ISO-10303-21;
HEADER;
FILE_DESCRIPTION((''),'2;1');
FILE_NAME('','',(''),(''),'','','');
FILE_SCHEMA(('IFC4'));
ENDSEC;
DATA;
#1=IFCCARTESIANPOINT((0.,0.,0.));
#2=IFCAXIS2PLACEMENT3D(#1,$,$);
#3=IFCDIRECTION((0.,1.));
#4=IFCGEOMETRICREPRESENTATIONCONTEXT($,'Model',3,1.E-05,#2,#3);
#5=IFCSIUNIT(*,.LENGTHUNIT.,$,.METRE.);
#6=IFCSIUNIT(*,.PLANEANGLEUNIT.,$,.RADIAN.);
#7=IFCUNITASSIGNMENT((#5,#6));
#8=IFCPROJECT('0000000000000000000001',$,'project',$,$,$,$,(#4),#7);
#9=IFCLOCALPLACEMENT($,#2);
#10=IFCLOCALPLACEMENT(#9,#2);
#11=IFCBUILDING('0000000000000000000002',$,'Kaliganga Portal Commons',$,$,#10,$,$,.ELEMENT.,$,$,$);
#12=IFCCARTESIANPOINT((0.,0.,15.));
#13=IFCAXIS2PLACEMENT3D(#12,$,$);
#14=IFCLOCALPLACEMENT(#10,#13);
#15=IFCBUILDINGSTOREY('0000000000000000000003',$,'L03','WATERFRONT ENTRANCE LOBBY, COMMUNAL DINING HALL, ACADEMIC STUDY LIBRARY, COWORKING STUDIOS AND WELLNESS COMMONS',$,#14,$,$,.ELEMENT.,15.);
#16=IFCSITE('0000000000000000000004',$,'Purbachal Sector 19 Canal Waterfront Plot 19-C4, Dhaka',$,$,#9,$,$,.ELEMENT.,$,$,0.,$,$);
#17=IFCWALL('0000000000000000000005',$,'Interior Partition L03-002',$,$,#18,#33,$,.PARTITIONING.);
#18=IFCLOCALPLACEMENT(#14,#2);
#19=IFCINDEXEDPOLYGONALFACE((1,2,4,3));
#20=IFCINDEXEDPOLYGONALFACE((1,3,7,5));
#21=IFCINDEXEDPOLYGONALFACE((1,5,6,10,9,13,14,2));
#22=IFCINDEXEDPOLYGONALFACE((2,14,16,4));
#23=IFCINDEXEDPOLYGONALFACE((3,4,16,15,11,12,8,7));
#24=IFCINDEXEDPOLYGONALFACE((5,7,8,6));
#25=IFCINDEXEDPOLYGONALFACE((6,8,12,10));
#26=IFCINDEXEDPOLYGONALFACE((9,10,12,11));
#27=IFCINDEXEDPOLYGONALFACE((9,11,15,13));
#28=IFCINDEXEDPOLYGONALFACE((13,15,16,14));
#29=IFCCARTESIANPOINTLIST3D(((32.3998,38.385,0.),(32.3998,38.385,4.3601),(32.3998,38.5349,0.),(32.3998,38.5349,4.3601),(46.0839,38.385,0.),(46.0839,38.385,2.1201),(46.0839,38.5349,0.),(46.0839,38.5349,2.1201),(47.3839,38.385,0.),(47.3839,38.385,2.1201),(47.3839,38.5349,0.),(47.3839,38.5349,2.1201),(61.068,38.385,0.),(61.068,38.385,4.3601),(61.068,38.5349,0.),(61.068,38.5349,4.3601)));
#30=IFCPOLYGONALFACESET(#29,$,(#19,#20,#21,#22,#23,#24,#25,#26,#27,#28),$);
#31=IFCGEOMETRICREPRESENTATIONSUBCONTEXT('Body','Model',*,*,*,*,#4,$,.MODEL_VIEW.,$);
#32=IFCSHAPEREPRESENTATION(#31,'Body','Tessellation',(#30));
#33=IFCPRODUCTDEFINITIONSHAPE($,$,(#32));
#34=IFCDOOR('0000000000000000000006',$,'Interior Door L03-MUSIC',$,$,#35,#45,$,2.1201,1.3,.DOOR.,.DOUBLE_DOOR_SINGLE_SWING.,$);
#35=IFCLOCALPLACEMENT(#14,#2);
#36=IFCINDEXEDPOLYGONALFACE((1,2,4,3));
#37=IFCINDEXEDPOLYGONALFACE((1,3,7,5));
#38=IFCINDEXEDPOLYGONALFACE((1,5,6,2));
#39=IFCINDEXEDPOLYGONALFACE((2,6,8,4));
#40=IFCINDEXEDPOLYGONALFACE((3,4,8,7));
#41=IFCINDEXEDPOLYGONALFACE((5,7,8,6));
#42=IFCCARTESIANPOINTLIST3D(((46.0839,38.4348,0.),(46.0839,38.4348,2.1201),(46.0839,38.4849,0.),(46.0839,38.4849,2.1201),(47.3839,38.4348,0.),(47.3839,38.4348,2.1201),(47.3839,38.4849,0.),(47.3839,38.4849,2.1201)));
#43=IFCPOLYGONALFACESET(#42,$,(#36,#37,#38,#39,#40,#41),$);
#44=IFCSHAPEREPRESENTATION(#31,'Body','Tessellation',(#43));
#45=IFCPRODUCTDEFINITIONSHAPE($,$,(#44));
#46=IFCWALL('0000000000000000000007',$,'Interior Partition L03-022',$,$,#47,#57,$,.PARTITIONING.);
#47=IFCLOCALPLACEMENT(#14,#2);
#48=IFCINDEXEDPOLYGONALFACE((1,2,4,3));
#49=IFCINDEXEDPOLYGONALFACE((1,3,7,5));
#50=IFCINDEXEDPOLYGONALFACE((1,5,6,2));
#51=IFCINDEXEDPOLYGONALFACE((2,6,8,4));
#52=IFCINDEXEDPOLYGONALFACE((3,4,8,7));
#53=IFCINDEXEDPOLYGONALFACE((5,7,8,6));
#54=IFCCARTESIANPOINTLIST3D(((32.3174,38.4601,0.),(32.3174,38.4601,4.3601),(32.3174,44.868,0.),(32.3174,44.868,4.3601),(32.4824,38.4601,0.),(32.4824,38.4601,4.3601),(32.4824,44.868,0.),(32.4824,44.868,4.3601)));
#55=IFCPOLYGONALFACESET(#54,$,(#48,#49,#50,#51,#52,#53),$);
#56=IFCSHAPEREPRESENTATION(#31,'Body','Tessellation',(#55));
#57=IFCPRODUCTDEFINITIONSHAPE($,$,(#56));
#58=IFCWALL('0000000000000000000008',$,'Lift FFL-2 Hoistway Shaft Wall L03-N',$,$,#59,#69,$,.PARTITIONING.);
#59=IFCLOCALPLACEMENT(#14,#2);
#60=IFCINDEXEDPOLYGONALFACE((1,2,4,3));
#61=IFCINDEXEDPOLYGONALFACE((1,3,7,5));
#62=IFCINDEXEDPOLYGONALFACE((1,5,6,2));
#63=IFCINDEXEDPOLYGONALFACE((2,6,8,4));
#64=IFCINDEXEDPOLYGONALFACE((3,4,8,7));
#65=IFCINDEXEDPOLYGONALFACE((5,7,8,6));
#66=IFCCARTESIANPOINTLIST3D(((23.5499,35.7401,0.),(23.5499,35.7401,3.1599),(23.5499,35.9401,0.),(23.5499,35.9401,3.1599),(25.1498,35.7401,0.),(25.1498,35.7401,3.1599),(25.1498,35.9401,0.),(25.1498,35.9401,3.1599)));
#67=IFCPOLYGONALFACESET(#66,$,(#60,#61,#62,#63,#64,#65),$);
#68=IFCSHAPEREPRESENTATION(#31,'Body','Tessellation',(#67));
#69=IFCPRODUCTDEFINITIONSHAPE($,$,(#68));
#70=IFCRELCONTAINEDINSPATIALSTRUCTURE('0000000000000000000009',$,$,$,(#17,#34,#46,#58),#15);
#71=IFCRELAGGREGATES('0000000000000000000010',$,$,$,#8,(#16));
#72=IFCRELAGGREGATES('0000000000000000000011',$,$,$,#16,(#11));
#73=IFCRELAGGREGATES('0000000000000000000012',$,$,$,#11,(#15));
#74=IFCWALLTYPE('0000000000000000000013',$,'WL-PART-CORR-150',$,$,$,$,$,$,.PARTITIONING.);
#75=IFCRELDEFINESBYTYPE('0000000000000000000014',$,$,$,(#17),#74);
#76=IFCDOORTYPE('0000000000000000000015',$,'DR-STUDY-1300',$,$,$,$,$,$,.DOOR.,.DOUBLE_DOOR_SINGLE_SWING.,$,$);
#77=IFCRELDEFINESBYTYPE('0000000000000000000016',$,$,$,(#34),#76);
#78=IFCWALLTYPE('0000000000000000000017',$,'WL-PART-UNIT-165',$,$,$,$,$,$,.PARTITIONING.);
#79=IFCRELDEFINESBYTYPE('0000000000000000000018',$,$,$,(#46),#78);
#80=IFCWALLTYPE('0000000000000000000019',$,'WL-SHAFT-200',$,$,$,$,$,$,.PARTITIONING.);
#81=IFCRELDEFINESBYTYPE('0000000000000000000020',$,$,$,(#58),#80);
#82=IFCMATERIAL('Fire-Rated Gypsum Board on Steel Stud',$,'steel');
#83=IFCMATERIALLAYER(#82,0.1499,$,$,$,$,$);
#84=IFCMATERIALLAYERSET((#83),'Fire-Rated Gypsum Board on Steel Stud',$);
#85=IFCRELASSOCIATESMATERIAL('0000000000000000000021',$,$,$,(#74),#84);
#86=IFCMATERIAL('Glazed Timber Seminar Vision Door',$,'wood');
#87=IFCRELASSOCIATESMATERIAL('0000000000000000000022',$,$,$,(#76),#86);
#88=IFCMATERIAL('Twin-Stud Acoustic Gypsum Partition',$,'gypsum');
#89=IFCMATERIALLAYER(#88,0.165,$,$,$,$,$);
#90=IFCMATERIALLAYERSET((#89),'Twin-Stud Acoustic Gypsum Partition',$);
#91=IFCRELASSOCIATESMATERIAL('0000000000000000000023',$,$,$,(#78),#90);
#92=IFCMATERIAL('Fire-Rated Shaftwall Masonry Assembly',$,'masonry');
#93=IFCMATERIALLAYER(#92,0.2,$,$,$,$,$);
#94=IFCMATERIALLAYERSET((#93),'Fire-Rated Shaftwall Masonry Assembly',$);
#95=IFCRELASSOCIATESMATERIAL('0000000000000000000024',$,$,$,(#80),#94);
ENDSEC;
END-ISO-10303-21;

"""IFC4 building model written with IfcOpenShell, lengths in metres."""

from ifc_helpers import new_model, si_unit, direction, frame, frame_2d, origin, place, context, subcontext, project, spatial, rectangle, extrude, material, layer, layer_set, type_object, element, fill, save


model = new_model("IFC4")

# Units and contexts
model_context = context("Model", 3, precision=1e-05, world=origin(), true_north=direction((0.0, 1.0)))
body_context = subcontext(model_context, "Body", "Model", "MODEL_VIEW")
ifc_project = project(units=[si_unit("LENGTHUNIT", "METRE"), si_unit("PLANEANGLEUNIT", "RADIAN")], contexts=[model_context])

# Site, building, storey
site_placement = place(None, origin())
site = spatial("IfcSite", under=ifc_project, at=site_placement, Name="Purbachal Sector 19 Canal Waterfront Plot 19-C4, Dhaka", CompositionType="ELEMENT", RefElevation=0.0)
building_placement = place(site_placement, origin())
building = spatial("IfcBuilding", under=site, at=building_placement, Name="Kaliganga Portal Commons", CompositionType="ELEMENT")
storey_placement = place(building_placement, frame((0.0, 0.0, 15.0)))
storey = spatial("IfcBuildingStorey", under=building, at=storey_placement, Name="L03", Description="WATERFRONT ENTRANCE LOBBY, COMMUNAL DINING HALL, ACADEMIC STUDY LIBRARY, COWORKING STUDIOS AND WELLNESS COMMONS", CompositionType="ELEMENT", Elevation=15.0)

# Wall, opening, door
ifc_material_1 = material(Name="Fire-Rated Gypsum Board on Steel Stud", Category="steel")
ifc_layer_1 = layer(ifc_material_1, 0.1499)
ifc_layer_set_1 = layer_set([ifc_layer_1], Name="Fire-Rated Gypsum Board on Steel Stud")
wall_type_1 = type_object("IfcWallType", Name="WL-PART-CORR-150", PredefinedType="PARTITIONING", material=ifc_layer_set_1)
wall_1_placement = place(storey_placement, frame((32.3999, 38.46, 0.0), z_axis=(0.0, 0.0, 1.0), x_axis=(1.0, 0.0, 0.0)))
wall_1 = element("IfcWall", 1, at=wall_1_placement, inside=storey, type_object=wall_type_1, Name="Interior Partition L03-002", PredefinedType="PARTITIONING", context=body_context, shape_type="SweptSolid", body=[
    extrude(rectangle(XDim=28.6682, YDim=0.1499, at=frame_2d((14.334, 0.0))), origin(), (0.0, 0.0, 1.0), 4.3601),
])
opening_1_placement = place(wall_1_placement, frame((13.6841, 0.0, 0.0)))
opening_1 = element("IfcOpeningElement", 2, at=opening_1_placement, cuts=wall_1, PredefinedType="OPENING", context=body_context, shape_type="SweptSolid", body=[
    extrude(rectangle(XDim=1.3, YDim=2.1201, at=frame_2d((0.6499, 1.0601))), frame((0.0, 0.085, 0.0), z_axis=(0.0, -1.0, 0.0), x_axis=(1.0, 0.0, 0.0)), (0.0, 0.0, 1.0), 0.1699),
])
ifc_material_2 = material(Name="Glazed Timber Seminar Vision Door", Category="wood")
door_type = type_object("IfcDoorType", Name="DR-STUDY-1300", OperationType="DOUBLE_DOOR_SINGLE_SWING", PredefinedType="DOOR", material=ifc_material_2)
door_placement = place(opening_1_placement, origin())
door = element("IfcDoor", 3, at=door_placement, inside=storey, type_object=door_type, Name="Interior Door L03-MUSIC", OperationType="DOUBLE_DOOR_SINGLE_SWING", OverallHeight=2.1201, OverallWidth=1.3, PredefinedType="DOOR", context=body_context, shape_type="SweptSolid", body=[
    extrude(rectangle(XDim=1.3, YDim=2.1201, at=frame_2d((0.6499, 1.0601))), frame((0.0, 0.0249, 0.0), z_axis=(0.0, -1.0, 0.0), x_axis=(1.0, 0.0, 0.0)), (0.0, 0.0, 1.0), 0.05),
])
fill(opening_1, door)

# Walls
ifc_material_3 = material(Name="Twin-Stud Acoustic Gypsum Partition", Category="gypsum")
ifc_layer_2 = layer(ifc_material_3, 0.165)
ifc_layer_set_2 = layer_set([ifc_layer_2], Name="Twin-Stud Acoustic Gypsum Partition")
wall_type_2 = type_object("IfcWallType", Name="WL-PART-UNIT-165", PredefinedType="PARTITIONING", material=ifc_layer_set_2)
wall_2_placement = place(storey_placement, frame((32.3999, 38.46, 0.0), z_axis=(0.0, 0.0, 1.0), x_axis=(0.0, 1.0, 0.0)))
element("IfcWall", 4, at=wall_2_placement, inside=storey, type_object=wall_type_2, Name="Interior Partition L03-022", PredefinedType="PARTITIONING", context=body_context, shape_type="SweptSolid", body=[
    extrude(rectangle(XDim=6.408, YDim=0.165, at=frame_2d((3.2041, 0.0))), origin(), (0.0, 0.0, 1.0), 4.3601),
])
ifc_material_4 = material(Name="Fire-Rated Shaftwall Masonry Assembly", Category="masonry")
ifc_layer_3 = layer(ifc_material_4, 0.2)
ifc_layer_set_3 = layer_set([ifc_layer_3], Name="Fire-Rated Shaftwall Masonry Assembly")
wall_type_3 = type_object("IfcWallType", Name="WL-SHAFT-200", PredefinedType="PARTITIONING", material=ifc_layer_set_3)
wall_3_placement = place(storey_placement, frame((23.55, 35.8401, 0.0), z_axis=(0.0, 0.0, 1.0), x_axis=(1.0, 0.0, 0.0)))
element("IfcWall", 5, at=wall_3_placement, inside=storey, type_object=wall_type_3, Name="Lift FFL-2 Hoistway Shaft Wall L03-N", PredefinedType="PARTITIONING", context=body_context, shape_type="SweptSolid", body=[
    extrude(rectangle(XDim=1.5999, YDim=0.2, at=frame_2d((0.7998, 0.0))), origin(), (0.0, 0.0, 1.0), 3.1599),
])

save(model, "model.ifc")
